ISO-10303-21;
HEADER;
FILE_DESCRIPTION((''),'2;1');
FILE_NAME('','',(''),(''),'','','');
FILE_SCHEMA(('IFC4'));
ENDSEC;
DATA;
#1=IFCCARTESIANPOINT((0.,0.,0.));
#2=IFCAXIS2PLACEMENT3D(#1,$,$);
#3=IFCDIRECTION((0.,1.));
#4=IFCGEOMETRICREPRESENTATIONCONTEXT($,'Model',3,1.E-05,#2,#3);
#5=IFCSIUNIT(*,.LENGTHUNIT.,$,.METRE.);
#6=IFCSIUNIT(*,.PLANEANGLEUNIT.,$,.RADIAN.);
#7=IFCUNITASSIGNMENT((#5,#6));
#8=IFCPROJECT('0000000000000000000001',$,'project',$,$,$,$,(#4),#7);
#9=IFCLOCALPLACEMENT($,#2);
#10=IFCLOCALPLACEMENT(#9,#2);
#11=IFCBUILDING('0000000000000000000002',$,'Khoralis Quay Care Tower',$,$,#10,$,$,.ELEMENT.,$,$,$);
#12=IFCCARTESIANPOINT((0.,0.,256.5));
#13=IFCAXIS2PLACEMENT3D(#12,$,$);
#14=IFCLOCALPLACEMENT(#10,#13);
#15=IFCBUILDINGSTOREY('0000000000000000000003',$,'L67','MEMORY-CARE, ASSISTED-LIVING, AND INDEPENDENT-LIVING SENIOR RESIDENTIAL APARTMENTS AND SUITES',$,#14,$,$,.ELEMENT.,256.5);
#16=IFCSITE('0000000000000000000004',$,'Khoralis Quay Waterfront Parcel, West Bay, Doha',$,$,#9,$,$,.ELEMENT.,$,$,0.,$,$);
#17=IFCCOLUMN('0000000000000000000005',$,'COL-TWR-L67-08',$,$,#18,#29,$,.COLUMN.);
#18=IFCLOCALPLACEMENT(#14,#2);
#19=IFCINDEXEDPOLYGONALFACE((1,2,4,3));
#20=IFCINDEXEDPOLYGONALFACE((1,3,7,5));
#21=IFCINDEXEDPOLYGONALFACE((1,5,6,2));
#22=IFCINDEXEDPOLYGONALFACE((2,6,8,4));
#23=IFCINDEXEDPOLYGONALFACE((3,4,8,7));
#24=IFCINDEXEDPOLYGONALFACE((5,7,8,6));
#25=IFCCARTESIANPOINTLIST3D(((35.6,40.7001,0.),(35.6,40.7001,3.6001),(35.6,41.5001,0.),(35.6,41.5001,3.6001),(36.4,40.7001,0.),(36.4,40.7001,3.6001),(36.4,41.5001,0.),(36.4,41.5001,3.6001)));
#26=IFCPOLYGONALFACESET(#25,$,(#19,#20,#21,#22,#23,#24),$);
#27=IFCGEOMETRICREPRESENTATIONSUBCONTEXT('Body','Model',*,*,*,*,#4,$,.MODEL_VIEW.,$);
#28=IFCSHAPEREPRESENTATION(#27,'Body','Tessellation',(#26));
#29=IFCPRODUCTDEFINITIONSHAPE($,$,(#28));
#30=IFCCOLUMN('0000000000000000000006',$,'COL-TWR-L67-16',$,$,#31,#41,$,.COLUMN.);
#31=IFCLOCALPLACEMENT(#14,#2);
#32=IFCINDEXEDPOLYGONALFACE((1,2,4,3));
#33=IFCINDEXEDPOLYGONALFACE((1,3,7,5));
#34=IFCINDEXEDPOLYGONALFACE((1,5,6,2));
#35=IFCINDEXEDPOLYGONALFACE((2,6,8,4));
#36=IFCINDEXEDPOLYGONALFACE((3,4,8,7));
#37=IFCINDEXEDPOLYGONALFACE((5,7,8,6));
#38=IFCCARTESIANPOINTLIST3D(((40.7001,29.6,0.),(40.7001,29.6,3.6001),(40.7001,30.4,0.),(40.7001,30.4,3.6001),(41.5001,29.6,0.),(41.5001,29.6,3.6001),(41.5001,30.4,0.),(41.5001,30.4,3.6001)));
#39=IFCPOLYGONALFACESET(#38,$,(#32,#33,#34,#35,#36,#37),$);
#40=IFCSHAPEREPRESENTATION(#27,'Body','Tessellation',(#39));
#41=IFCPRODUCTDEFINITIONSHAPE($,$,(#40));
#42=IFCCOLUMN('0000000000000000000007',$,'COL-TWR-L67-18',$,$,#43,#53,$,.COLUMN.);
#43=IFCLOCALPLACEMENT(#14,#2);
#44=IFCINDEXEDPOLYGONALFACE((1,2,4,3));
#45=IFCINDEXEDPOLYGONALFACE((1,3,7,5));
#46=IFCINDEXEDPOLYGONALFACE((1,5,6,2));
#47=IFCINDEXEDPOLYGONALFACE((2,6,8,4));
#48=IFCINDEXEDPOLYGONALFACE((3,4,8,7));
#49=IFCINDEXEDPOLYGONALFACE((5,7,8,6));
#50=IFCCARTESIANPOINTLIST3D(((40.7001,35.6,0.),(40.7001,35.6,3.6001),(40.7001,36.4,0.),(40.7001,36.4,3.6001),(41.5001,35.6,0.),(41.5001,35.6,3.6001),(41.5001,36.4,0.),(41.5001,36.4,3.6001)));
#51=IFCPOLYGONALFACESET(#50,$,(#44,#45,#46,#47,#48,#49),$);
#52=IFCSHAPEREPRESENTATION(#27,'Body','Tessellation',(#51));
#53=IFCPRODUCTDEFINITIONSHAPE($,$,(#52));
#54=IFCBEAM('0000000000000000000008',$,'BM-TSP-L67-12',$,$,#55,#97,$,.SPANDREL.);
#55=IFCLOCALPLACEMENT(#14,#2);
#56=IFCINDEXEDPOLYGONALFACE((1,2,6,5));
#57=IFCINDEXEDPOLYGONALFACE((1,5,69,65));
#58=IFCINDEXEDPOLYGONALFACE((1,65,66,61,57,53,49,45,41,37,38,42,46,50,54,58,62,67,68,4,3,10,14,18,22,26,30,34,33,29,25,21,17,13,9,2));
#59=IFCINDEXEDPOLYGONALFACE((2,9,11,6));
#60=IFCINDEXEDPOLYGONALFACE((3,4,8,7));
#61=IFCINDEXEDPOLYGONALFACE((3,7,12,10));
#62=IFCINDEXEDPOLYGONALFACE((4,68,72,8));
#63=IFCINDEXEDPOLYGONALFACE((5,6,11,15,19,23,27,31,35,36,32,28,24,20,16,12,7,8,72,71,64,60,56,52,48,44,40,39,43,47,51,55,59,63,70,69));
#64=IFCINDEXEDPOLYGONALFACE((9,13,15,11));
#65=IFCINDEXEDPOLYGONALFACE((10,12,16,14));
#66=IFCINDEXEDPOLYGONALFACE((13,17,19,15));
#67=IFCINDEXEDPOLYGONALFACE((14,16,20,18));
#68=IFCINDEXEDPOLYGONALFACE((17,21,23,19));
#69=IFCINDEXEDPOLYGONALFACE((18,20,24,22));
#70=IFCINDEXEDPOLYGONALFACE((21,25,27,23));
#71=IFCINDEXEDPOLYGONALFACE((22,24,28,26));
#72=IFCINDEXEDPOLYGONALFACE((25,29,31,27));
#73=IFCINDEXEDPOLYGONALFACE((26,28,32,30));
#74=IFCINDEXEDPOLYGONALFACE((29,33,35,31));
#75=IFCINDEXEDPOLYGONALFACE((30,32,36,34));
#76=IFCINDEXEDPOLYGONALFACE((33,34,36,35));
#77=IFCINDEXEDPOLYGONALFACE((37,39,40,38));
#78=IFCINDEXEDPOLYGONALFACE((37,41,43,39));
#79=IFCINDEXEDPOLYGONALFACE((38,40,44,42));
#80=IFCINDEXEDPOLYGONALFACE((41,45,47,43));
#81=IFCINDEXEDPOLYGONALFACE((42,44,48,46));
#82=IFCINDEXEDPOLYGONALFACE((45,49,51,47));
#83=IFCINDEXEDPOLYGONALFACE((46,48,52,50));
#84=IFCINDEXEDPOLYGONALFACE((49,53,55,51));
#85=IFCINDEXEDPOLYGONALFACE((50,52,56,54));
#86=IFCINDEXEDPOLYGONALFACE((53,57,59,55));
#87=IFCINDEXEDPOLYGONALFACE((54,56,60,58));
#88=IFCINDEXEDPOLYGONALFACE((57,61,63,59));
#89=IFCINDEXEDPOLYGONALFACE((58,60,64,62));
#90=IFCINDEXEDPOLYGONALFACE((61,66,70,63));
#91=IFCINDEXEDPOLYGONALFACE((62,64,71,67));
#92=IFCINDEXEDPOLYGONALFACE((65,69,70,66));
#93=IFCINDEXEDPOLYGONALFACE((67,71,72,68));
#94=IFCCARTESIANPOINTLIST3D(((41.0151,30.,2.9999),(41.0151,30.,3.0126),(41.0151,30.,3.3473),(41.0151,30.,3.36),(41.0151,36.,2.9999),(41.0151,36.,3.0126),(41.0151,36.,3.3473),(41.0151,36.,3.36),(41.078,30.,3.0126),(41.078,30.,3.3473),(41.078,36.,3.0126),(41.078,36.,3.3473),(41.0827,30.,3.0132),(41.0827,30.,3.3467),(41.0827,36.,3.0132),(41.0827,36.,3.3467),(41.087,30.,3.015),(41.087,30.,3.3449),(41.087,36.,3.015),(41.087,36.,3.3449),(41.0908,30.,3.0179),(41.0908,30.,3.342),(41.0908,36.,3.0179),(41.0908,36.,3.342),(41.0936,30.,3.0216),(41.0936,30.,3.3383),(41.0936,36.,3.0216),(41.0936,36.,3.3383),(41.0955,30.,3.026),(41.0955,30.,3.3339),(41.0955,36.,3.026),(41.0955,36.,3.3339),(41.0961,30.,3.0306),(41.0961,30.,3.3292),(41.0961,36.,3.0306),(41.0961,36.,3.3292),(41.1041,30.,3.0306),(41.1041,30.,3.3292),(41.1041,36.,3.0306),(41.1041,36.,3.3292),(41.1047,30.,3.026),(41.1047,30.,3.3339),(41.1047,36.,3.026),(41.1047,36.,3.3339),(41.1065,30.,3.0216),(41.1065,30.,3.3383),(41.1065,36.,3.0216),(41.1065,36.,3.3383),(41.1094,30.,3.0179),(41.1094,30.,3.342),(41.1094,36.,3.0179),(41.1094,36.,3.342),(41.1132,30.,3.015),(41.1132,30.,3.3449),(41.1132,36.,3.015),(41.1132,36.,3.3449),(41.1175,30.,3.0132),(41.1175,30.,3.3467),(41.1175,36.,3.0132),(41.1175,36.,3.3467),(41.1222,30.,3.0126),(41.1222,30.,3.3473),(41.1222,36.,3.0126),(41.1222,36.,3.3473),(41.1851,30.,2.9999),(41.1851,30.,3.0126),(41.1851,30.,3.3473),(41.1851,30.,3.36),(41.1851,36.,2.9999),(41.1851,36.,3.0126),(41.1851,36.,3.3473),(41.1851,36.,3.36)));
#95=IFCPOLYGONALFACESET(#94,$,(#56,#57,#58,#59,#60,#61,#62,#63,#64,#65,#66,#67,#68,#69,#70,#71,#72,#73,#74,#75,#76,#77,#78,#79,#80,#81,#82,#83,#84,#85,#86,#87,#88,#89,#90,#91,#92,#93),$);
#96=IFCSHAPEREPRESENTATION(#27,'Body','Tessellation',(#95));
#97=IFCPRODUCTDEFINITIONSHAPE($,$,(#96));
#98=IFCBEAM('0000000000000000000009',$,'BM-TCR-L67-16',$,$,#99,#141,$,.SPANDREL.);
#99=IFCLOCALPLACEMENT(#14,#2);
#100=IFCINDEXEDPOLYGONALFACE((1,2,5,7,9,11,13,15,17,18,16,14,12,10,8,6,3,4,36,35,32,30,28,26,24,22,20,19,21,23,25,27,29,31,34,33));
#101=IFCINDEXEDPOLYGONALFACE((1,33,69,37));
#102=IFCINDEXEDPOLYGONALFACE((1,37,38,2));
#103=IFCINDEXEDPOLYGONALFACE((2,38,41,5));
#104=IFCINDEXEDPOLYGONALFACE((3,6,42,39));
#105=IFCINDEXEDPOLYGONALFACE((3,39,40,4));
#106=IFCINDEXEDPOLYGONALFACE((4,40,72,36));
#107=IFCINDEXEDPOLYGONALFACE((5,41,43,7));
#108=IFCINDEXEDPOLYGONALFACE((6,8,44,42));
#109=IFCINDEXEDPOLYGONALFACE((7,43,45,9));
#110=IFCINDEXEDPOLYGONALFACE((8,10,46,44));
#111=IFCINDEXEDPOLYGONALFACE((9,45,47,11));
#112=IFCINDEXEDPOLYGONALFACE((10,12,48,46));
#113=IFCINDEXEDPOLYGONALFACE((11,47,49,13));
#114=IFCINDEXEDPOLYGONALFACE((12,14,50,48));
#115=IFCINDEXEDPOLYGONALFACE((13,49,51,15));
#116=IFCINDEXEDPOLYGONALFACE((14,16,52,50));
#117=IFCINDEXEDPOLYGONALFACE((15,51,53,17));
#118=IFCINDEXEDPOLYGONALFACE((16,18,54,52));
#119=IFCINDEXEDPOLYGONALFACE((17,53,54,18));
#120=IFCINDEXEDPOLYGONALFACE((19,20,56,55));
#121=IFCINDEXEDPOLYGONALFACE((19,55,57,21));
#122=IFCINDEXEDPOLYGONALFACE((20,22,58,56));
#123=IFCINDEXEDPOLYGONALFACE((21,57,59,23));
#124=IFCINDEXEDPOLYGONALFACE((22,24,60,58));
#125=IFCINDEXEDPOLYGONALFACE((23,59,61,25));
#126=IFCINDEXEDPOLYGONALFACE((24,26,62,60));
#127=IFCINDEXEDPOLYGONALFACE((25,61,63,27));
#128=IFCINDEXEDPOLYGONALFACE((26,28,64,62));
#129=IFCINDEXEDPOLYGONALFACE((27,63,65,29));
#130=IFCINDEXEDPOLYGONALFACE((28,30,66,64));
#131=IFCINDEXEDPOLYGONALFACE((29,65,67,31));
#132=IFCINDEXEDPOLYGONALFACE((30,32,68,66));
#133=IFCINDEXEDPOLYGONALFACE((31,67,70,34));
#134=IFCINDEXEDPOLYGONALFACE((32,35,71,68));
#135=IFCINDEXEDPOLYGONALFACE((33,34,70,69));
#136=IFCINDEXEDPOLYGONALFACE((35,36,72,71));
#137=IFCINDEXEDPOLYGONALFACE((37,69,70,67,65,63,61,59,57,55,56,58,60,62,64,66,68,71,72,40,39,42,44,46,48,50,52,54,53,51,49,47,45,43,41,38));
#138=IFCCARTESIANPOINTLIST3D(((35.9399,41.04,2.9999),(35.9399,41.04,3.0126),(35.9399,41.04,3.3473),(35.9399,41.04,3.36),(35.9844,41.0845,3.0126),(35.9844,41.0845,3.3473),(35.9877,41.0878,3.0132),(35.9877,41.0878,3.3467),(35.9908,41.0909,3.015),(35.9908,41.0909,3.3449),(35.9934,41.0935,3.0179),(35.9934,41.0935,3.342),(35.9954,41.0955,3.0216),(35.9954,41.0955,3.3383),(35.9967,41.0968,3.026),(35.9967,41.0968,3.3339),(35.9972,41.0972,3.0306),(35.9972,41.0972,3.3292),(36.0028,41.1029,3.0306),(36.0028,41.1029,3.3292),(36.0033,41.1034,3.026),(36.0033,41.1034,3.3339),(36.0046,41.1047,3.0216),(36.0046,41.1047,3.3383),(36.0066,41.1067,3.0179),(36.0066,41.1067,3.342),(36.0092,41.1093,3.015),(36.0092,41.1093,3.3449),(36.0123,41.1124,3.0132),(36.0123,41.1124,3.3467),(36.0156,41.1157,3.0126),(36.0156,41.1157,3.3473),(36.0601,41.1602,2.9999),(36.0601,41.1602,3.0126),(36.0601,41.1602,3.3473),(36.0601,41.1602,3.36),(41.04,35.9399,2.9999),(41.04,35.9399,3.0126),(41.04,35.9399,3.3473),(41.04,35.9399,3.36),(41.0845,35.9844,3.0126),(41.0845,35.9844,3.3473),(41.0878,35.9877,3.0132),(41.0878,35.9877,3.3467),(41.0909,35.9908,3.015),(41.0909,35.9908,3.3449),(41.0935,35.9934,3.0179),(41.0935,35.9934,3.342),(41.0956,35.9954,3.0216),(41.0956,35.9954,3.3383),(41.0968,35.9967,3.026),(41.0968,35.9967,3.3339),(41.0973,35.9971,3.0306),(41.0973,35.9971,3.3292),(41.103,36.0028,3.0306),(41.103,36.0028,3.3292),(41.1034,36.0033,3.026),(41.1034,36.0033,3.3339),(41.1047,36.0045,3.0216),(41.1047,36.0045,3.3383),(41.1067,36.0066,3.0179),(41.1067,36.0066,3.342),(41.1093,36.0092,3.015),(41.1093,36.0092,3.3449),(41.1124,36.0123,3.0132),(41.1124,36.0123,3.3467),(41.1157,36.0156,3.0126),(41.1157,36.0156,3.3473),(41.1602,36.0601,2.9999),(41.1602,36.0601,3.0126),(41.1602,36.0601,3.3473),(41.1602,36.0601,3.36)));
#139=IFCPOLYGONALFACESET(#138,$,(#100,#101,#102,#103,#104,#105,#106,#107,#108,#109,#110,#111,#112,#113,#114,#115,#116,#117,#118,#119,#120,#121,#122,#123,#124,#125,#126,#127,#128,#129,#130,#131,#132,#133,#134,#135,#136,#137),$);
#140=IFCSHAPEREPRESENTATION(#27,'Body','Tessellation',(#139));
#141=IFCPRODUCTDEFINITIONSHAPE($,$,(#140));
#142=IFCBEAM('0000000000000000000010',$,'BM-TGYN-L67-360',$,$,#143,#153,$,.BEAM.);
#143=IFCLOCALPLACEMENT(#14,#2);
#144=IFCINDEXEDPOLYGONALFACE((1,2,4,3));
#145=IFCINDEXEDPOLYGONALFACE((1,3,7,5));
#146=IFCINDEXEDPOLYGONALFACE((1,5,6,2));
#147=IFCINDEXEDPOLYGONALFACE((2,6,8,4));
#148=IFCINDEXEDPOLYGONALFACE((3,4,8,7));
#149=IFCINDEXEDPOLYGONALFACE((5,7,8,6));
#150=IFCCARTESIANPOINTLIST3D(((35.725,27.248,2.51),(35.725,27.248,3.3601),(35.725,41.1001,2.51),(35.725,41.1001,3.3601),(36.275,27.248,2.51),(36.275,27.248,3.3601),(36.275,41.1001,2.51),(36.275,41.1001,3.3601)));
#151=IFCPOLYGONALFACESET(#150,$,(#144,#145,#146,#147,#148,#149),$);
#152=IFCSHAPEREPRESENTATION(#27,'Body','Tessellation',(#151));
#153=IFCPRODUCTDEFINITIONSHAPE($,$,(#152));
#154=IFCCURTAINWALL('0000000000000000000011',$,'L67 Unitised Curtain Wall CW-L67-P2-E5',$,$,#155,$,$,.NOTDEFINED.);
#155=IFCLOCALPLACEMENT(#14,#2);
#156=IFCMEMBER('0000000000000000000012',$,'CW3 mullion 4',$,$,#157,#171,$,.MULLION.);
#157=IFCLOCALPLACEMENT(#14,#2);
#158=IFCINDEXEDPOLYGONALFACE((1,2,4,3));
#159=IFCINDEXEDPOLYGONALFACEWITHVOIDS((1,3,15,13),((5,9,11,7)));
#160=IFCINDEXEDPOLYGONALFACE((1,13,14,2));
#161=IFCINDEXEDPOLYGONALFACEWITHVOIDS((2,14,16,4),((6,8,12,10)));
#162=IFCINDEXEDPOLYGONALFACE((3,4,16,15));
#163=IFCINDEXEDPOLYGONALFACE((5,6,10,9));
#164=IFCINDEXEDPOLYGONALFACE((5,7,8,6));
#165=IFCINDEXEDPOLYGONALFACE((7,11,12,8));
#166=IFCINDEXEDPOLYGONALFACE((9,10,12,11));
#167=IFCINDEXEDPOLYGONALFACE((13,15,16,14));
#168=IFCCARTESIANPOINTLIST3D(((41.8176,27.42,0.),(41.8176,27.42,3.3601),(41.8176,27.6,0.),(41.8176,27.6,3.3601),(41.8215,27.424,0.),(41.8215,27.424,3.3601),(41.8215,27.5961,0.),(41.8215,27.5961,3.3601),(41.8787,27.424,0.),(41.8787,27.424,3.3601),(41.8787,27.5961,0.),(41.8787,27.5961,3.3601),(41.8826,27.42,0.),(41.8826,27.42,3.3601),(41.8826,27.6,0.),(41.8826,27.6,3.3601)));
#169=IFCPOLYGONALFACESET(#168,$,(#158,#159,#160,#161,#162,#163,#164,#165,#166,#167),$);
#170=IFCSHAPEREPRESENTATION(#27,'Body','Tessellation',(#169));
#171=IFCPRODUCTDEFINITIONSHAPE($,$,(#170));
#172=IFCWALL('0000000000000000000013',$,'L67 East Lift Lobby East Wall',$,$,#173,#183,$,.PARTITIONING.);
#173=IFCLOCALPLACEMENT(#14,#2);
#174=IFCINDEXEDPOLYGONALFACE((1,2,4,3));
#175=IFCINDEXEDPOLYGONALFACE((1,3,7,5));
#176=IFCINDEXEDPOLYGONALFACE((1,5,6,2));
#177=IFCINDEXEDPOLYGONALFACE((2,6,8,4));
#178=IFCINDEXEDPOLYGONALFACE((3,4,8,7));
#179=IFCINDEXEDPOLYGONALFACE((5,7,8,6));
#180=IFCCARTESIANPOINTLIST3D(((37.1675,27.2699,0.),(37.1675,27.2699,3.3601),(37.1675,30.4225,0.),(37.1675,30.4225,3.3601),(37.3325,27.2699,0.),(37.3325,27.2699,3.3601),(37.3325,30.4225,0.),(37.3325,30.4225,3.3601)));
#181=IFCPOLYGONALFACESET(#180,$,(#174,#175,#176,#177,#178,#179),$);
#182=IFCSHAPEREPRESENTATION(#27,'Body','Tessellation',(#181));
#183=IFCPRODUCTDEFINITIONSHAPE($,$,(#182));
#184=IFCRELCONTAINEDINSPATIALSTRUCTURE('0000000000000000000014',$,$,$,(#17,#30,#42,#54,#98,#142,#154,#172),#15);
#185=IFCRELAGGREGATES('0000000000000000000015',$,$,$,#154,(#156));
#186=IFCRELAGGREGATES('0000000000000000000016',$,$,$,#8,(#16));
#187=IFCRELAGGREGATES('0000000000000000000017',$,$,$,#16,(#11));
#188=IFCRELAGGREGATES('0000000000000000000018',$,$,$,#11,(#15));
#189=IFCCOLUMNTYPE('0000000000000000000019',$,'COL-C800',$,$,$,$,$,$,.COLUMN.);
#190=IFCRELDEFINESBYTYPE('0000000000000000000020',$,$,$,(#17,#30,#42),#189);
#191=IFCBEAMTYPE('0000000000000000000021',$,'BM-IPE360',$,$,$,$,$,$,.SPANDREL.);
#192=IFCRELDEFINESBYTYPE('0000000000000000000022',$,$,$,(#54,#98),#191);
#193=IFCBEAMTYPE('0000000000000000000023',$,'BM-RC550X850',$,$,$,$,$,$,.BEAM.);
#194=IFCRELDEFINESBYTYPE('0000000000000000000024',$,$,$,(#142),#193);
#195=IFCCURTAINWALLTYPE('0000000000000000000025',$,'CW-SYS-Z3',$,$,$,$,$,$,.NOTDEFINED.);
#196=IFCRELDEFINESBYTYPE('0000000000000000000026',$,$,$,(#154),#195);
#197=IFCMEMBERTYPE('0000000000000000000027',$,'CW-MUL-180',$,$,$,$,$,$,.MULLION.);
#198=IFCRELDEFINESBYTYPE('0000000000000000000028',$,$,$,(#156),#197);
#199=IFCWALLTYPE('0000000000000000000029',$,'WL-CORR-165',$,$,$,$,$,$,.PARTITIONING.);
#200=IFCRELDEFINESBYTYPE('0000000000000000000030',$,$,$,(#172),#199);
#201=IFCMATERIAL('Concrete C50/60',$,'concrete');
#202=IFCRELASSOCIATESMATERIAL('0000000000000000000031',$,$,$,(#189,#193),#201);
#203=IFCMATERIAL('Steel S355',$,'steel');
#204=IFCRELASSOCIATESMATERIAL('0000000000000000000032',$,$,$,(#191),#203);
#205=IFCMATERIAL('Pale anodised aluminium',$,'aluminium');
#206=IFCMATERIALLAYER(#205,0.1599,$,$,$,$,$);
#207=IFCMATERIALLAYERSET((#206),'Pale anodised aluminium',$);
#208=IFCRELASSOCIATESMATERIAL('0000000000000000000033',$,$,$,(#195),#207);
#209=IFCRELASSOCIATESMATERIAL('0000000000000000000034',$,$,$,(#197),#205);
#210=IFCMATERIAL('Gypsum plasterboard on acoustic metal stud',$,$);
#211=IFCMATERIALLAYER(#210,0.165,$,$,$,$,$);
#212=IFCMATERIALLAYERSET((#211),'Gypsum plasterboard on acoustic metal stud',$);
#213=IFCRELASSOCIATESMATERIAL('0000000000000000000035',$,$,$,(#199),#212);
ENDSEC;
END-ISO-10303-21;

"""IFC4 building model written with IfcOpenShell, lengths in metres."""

from ifc_helpers import new_model, si_unit, direction, frame, frame_2d, origin, origin_2d, place, context, subcontext, project, spatial, rectangle, hollow_rectangle, i_section, extrude, source, transform, mapped, material, layer, layer_set, material_profile, profile_set, type_object, element, aggregate, save


model = new_model("IFC4")

# Units and contexts
model_context = context("Model", 3, precision=1e-05, world=origin(), true_north=direction((0.0, 1.0)))
body_context = subcontext(model_context, "Body", "Model", "MODEL_VIEW")
ifc_project = project(units=[si_unit("LENGTHUNIT", "METRE"), si_unit("PLANEANGLEUNIT", "RADIAN")], contexts=[model_context])

# Site, building, storey
site_placement = place(None, origin())
site = spatial("IfcSite", under=ifc_project, at=site_placement, Name="Khoralis Quay Waterfront Parcel, West Bay, Doha", CompositionType="ELEMENT", RefElevation=0.0)
building_placement = place(site_placement, origin())
building = spatial("IfcBuilding", under=site, at=building_placement, Name="Khoralis Quay Care Tower", CompositionType="ELEMENT")
storey_placement = place(building_placement, frame((0.0, 0.0, 256.5)))
storey = spatial("IfcBuildingStorey", under=building, at=storey_placement, Name="L67", Description="MEMORY-CARE, ASSISTED-LIVING, AND INDEPENDENT-LIVING SENIOR RESIDENTIAL APARTMENTS AND SUITES", CompositionType="ELEMENT", Elevation=256.5)

# Columns
ifc_material_1 = material(Name="Concrete C50/60", Category="concrete")
ifc_material_profile_1 = material_profile(ifc_material_1, rectangle(XDim=0.8, YDim=0.8, at=origin_2d()), Name="Concrete C50/60")
ifc_profile_set_1 = profile_set([ifc_material_profile_1], Name="Concrete C50/60")
column_type = type_object("IfcColumnType", Name="COL-C800", PredefinedType="COLUMN", material=ifc_profile_set_1)
shared_shape_1 = source(origin(), body_context, "Body", "SweptSolid", [
    extrude(rectangle(XDim=0.8, YDim=0.8, at=origin_2d()), origin(), (0.0, 0.0, 1.0), 3.6001),
])
for number, where, z_axis, x_axis, name in (
    (1, (36.0, 41.1001, 0.0), (0.0, 0.0, 1.0), (1.0, 0.0, 0.0), "COL-TWR-L67-08"),
    (2, (41.1001, 30.0, 0.0), (0.0, 0.0, 1.0), (1.0, 0.0, 0.0), "COL-TWR-L67-16"),
    (3, (41.1001, 36.0, 0.0), (0.0, 0.0, 1.0), (1.0, 0.0, 0.0), "COL-TWR-L67-18"),
):
    element("IfcColumn", number, at=place(storey_placement, frame(where, z_axis=z_axis, x_axis=x_axis)), inside=storey, type_object=column_type, Name=name, PredefinedType="COLUMN", context=body_context, shape_type="MappedRepresentation", body=[
        mapped(shared_shape_1, transform((0.0, 0.0, 0.0), scale=1.0)),
    ])

# Beams
ifc_material_2 = material(Name="Steel S355", Category="steel")
ifc_material_profile_2 = material_profile(ifc_material_2, i_section(OverallWidth=0.1699, OverallDepth=0.3601, WebThickness=0.0081, FlangeThickness=0.0127, FilletRadius=0.0181, at=origin_2d()), Name="Steel S355")
ifc_profile_set_2 = profile_set([ifc_material_profile_2], Name="Steel S355")
beam_type_1 = type_object("IfcBeamType", Name="BM-IPE360", PredefinedType="SPANDREL", material=ifc_profile_set_2)
shared_shape_2 = source(origin(), body_context, "Body", "SweptSolid", [
    extrude(i_section(OverallWidth=0.1699, OverallDepth=0.3601, WebThickness=0.0081, FlangeThickness=0.0127, FilletRadius=0.0181, at=origin_2d()), origin(), (0.0, 0.0, 1.0), 6.0),
])
beam_1_placement = place(storey_placement, frame((41.1001, 30.0, 3.1799), z_axis=(0.0, 1.0, 0.0), x_axis=(-1.0, 0.0, 0.0)))
element("IfcBeam", 4, at=beam_1_placement, inside=storey, type_object=beam_type_1, Name="BM-TSP-L67-12", PredefinedType="SPANDREL", context=body_context, shape_type="MappedRepresentation", body=[
    mapped(shared_shape_2, transform((0.0, 0.0, 0.0), scale=1.0)),
])
shared_shape_3 = source(origin(), body_context, "Body", "SweptSolid", [
    extrude(i_section(OverallWidth=0.1699, OverallDepth=0.3601, WebThickness=0.0081, FlangeThickness=0.0127, FilletRadius=0.0181, at=origin_2d()), origin(), (0.0, 0.0, 1.0), 7.2126),
])
beam_2_placement = place(storey_placement, frame((36.0, 41.1001, 3.1799), z_axis=(0.707107, -0.707107, 0.0), x_axis=(0.707107, 0.707107, 0.0)))
element("IfcBeam", 5, at=beam_2_placement, inside=storey, type_object=beam_type_1, Name="BM-TCR-L67-16", PredefinedType="SPANDREL", context=body_context, shape_type="MappedRepresentation", body=[
    mapped(shared_shape_3, transform((0.0, 0.0, 0.0), scale=1.0)),
])
ifc_material_profile_3 = material_profile(ifc_material_1, rectangle(XDim=0.55, YDim=0.8501, at=origin_2d()), Name="Concrete C50/60")
ifc_profile_set_3 = profile_set([ifc_material_profile_3], Name="Concrete C50/60")
beam_type_2 = type_object("IfcBeamType", Name="BM-RC550X850", PredefinedType="BEAM", material=ifc_profile_set_3)
shared_shape_4 = source(origin(), body_context, "Body", "SweptSolid", [
    extrude(rectangle(XDim=0.55, YDim=0.8501, at=origin_2d()), origin(), (0.0, 0.0, 1.0), 13.8521),
])
beam_3_placement = place(storey_placement, frame((36.0, 27.248, 2.9351), z_axis=(0.0, 1.0, 0.0), x_axis=(-1.0, 0.0, 0.0)))
element("IfcBeam", 6, at=beam_3_placement, inside=storey, type_object=beam_type_2, Name="BM-TGYN-L67-360", PredefinedType="BEAM", context=body_context, shape_type="MappedRepresentation", body=[
    mapped(shared_shape_4, transform((0.0, 0.0, 0.0), scale=1.0)),
])

# Curtain wall, member
ifc_material_3 = material(Name="Pale anodised aluminium", Category="aluminium")
ifc_layer_1 = layer(ifc_material_3, 0.1599)
ifc_layer_set_1 = layer_set([ifc_layer_1], Name="Pale anodised aluminium")
curtain_wall_type = type_object("IfcCurtainWallType", Name="CW-SYS-Z3", PredefinedType="NOTDEFINED", material=ifc_layer_set_1)
curtain_wall_placement = place(storey_placement, origin())
curtain_wall = element("IfcCurtainWall", 7, at=curtain_wall_placement, inside=storey, type_object=curtain_wall_type, Name="L67 Unitised Curtain Wall CW-L67-P2-E5", PredefinedType="NOTDEFINED")
ifc_material_profile_4 = material_profile(ifc_material_3, hollow_rectangle(XDim=0.0649, YDim=0.1799, WallThickness=0.0039, at=origin_2d()), Name="Pale anodised aluminium")
ifc_profile_set_4 = profile_set([ifc_material_profile_4], Name="Pale anodised aluminium")
member_type = type_object("IfcMemberType", Name="CW-MUL-180", PredefinedType="MULLION", material=ifc_profile_set_4)
shared_shape_5 = source(origin(), body_context, "Body", "SweptSolid", [
    extrude(hollow_rectangle(XDim=0.0649, YDim=0.1799, WallThickness=0.0039, at=origin_2d()), origin(), (0.0, 0.0, 1.0), 3.3601),
])
member_placement = place(storey_placement, frame((41.8501, 27.51, 0.0), z_axis=(0.0, 0.0, 1.0), x_axis=(-1.0, 0.0, 0.0)))
member = element("IfcMember", 8, at=member_placement, type_object=member_type, Name="CW3 mullion 4", PredefinedType="MULLION", context=body_context, shape_type="MappedRepresentation", body=[
    mapped(shared_shape_5, transform((0.0, 0.0, 0.0), scale=1.0)),
])
aggregate(curtain_wall, [member])

# Wall
ifc_material_4 = material(Name="Gypsum plasterboard on acoustic metal stud")
ifc_layer_2 = layer(ifc_material_4, 0.165)
ifc_layer_set_2 = layer_set([ifc_layer_2], Name="Gypsum plasterboard on acoustic metal stud")
wall_type_1 = type_object("IfcWallType", Name="WL-CORR-165", PredefinedType="PARTITIONING", material=ifc_layer_set_2)
wall_1_placement = place(storey_placement, frame((37.25, 27.27, 0.0), z_axis=(0.0, 0.0, 1.0), x_axis=(0.0, 1.0, 0.0)))
element("IfcWall", 9, at=wall_1_placement, inside=storey, type_object=wall_type_1, Name="L67 East Lift Lobby East Wall", PredefinedType="PARTITIONING", context=body_context, shape_type="SweptSolid", body=[
    extrude(rectangle(XDim=3.1526, YDim=0.165, at=frame_2d((1.5762, 0.0))), origin(), (0.0, 0.0, 1.0), 3.3601),
])

save(model, "model.ifc")
